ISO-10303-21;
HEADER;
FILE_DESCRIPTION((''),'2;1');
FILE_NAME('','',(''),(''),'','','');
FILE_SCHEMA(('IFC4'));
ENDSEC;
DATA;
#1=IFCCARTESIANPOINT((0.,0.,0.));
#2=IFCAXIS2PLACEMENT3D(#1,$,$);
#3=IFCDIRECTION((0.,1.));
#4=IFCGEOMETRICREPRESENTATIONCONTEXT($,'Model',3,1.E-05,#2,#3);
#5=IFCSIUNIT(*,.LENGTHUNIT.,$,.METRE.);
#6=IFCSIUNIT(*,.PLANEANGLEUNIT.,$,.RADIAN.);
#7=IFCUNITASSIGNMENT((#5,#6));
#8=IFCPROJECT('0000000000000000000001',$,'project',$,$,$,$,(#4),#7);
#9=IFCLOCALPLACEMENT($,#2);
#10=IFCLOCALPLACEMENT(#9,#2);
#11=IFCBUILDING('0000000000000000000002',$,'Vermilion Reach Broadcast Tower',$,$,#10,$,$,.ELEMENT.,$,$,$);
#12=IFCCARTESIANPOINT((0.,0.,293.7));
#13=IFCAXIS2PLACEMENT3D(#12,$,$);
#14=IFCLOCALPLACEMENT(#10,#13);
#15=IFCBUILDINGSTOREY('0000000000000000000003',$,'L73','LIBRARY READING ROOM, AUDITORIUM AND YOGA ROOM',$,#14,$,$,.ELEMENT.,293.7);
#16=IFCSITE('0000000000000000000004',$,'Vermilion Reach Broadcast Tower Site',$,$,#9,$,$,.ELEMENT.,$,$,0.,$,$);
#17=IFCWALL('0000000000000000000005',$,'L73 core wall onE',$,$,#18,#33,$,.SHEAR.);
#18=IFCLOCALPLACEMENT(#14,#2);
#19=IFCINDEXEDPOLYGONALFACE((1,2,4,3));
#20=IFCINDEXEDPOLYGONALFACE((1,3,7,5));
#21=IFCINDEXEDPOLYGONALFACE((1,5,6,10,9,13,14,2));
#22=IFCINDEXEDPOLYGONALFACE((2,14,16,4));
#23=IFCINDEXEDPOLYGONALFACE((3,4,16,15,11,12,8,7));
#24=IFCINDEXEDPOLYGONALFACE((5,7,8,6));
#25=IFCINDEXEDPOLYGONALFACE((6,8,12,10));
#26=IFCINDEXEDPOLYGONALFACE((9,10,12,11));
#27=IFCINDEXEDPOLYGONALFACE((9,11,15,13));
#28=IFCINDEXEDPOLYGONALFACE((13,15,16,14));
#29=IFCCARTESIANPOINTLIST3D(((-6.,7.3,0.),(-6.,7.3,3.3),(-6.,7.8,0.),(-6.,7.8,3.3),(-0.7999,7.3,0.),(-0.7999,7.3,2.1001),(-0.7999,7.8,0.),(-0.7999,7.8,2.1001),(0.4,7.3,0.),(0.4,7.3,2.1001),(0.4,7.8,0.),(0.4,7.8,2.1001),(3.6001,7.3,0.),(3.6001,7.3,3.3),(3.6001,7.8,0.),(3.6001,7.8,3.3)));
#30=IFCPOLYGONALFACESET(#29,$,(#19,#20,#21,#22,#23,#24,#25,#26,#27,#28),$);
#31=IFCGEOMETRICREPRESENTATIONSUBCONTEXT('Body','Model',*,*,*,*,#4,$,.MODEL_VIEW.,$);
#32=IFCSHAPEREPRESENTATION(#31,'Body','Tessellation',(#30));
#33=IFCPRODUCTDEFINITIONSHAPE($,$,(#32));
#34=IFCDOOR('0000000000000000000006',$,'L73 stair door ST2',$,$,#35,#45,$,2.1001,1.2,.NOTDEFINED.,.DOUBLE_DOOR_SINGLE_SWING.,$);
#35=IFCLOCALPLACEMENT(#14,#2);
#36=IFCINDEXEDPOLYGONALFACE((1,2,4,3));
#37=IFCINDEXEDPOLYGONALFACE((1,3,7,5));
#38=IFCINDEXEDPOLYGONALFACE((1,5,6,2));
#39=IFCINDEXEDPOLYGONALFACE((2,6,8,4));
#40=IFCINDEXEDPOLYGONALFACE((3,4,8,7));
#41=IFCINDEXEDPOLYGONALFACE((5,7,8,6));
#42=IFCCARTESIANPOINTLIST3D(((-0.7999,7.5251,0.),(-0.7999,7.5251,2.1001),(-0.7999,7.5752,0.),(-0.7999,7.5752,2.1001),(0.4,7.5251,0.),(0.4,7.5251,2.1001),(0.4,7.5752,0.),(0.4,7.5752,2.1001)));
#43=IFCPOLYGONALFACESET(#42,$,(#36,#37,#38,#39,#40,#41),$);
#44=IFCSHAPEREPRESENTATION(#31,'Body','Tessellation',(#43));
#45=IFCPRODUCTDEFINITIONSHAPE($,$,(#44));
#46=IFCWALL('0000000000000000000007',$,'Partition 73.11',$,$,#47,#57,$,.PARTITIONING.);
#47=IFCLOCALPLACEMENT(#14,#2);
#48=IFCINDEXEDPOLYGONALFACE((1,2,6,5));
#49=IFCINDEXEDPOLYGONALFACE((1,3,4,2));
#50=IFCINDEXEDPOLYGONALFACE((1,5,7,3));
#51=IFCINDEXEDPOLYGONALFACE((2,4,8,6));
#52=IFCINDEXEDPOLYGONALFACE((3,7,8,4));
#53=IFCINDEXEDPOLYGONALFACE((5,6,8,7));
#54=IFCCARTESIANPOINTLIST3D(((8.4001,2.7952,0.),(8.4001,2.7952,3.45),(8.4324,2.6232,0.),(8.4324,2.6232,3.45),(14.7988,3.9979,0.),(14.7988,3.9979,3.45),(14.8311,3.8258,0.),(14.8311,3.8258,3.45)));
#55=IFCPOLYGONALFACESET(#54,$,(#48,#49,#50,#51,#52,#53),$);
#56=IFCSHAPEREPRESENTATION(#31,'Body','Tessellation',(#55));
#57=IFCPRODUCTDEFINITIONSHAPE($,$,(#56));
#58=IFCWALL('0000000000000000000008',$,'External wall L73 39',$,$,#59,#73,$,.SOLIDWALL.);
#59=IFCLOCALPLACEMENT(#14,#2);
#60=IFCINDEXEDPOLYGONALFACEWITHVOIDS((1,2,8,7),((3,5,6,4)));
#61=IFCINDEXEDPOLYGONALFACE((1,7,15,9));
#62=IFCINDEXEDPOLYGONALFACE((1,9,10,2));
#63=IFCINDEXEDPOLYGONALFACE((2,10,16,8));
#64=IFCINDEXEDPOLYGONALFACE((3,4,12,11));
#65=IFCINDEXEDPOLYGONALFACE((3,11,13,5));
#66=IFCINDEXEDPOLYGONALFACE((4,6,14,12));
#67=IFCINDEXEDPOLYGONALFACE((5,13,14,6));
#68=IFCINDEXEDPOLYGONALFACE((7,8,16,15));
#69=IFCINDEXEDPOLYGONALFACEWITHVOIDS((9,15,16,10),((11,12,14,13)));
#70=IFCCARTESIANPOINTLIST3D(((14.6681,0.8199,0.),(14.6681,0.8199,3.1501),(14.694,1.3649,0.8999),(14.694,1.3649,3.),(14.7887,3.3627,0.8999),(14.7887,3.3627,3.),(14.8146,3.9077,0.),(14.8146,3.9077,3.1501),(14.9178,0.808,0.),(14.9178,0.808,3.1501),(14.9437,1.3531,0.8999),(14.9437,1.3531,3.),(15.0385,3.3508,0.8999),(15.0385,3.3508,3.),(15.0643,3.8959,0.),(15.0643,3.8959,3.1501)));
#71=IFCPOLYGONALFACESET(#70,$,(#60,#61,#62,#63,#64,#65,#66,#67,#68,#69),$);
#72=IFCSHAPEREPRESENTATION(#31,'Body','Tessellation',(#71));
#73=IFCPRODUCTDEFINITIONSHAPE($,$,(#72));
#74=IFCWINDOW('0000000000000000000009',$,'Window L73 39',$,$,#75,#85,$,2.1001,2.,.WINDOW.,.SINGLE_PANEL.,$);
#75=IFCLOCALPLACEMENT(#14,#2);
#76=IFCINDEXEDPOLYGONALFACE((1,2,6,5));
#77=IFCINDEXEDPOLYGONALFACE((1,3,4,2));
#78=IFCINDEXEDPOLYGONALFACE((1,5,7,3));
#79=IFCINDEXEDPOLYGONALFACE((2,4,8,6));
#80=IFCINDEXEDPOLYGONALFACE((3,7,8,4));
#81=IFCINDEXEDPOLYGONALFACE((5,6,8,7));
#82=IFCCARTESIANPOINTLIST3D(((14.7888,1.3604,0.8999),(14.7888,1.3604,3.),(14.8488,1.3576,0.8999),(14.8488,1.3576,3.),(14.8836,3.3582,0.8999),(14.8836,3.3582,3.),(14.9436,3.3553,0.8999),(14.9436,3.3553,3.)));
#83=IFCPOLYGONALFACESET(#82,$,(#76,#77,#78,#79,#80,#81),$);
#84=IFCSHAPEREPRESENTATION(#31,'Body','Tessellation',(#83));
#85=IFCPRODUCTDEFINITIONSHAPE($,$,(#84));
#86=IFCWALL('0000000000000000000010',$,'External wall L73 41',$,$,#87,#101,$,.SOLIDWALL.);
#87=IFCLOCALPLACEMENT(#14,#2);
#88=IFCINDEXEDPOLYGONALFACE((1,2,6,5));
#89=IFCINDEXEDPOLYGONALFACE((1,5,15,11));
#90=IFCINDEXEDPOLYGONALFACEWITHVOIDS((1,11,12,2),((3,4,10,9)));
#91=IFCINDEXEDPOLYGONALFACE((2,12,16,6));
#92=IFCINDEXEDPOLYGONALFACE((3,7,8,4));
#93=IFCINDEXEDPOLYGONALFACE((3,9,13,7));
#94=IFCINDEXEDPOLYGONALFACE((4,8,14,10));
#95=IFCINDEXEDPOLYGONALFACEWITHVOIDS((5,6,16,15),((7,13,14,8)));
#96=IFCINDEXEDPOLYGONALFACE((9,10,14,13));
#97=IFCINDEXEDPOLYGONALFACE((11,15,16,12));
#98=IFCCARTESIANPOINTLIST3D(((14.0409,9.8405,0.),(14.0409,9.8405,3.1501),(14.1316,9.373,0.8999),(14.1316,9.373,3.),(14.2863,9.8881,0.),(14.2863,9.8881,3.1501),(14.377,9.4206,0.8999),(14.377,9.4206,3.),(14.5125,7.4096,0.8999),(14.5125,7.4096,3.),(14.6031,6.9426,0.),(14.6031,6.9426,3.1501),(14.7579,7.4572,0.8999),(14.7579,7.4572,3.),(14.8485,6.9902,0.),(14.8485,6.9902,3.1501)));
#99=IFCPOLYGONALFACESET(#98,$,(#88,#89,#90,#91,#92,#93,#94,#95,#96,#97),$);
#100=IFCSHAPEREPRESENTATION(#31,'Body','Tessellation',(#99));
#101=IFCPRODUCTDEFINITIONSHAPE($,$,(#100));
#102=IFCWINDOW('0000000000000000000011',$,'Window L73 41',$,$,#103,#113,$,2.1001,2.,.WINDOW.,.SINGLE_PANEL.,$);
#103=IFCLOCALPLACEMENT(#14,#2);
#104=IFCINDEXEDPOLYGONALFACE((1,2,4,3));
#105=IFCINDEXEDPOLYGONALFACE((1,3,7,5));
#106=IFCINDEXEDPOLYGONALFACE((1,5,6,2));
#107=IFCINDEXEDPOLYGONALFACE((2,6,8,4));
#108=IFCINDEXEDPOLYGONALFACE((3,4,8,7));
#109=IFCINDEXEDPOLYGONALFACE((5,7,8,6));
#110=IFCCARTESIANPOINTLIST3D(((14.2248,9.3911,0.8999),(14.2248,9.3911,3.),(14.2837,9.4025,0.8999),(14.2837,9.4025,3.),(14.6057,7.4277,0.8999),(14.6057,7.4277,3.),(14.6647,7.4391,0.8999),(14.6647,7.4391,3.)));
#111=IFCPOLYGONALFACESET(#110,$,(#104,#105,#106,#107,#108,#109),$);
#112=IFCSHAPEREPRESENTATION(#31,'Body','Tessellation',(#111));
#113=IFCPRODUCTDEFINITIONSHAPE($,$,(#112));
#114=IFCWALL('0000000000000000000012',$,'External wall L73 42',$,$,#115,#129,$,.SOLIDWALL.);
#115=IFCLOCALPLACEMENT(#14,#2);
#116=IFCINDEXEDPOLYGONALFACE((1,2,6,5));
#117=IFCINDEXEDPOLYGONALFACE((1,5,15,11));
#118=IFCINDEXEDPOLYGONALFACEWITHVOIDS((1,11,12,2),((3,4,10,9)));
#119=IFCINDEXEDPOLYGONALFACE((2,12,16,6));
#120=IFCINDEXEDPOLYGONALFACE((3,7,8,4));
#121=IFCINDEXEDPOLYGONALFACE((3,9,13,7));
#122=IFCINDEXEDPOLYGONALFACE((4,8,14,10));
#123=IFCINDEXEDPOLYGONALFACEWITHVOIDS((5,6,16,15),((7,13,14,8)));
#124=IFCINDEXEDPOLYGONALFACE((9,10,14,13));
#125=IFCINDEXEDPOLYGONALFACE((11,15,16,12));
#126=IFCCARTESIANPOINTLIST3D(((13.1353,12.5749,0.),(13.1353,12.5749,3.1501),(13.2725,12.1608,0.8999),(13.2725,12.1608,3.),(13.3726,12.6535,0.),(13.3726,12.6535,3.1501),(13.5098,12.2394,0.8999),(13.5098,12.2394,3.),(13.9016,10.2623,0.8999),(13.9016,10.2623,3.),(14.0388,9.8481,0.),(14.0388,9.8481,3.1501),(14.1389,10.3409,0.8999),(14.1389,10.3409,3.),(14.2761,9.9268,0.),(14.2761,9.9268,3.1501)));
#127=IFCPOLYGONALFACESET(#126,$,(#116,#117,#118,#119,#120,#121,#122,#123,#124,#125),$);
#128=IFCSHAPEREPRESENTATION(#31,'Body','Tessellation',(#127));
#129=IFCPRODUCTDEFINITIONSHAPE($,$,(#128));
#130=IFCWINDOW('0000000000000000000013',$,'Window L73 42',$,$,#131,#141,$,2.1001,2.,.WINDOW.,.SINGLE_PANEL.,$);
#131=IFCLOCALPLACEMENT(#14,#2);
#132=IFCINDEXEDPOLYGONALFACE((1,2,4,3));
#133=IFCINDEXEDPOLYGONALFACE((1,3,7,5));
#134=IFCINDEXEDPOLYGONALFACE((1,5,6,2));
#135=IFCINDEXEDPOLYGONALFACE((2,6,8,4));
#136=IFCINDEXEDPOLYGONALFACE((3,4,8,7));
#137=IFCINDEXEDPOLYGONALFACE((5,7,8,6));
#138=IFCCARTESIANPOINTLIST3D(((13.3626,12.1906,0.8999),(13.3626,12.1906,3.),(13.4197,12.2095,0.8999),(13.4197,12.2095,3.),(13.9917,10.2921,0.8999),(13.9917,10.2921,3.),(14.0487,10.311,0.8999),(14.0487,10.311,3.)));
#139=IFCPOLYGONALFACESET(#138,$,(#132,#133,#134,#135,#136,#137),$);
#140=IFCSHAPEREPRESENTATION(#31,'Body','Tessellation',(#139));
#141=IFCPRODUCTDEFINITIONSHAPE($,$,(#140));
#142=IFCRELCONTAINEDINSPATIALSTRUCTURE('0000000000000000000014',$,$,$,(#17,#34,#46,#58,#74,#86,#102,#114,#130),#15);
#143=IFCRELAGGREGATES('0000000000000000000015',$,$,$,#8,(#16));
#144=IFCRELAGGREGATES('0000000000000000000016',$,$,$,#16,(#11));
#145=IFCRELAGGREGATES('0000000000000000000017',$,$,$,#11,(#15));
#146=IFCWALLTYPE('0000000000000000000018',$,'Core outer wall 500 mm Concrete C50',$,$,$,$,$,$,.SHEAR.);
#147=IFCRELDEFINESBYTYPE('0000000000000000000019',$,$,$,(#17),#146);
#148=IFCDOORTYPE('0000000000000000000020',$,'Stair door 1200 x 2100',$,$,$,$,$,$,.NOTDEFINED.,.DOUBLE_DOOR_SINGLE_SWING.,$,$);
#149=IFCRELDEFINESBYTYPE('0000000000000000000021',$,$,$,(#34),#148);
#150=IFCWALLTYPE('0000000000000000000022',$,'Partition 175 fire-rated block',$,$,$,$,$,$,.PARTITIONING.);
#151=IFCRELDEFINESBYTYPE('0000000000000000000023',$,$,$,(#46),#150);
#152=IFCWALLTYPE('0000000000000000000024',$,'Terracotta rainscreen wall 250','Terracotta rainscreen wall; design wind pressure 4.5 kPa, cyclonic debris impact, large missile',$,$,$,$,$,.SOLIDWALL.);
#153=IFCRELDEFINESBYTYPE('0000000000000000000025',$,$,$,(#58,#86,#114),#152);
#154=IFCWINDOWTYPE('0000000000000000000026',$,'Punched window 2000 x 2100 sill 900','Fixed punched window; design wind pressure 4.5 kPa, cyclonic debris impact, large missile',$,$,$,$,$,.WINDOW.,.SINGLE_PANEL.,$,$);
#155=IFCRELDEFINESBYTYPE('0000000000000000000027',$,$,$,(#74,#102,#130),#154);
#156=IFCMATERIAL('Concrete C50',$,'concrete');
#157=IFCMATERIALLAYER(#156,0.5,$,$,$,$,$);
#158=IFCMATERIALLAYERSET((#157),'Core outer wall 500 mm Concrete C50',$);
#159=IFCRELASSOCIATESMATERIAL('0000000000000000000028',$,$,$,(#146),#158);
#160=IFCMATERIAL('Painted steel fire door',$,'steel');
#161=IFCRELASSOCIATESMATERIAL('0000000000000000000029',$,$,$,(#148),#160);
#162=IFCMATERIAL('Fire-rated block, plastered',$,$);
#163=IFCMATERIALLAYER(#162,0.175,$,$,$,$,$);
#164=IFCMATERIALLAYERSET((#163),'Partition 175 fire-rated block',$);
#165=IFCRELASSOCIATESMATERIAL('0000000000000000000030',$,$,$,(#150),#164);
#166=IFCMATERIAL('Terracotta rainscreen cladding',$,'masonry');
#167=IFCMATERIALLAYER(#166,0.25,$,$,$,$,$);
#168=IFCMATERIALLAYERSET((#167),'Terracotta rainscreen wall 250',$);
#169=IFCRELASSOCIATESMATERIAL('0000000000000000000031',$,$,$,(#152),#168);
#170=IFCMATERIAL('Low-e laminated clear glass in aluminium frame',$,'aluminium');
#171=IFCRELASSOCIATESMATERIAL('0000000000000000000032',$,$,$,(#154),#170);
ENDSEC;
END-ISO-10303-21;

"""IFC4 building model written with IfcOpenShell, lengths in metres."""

from ifc_helpers import new_model, si_unit, direction, frame, frame_2d, origin, place, context, subcontext, project, spatial, rectangle, extrude, material, layer, layer_set, type_object, element, fill, save


model = new_model("IFC4")

# Units and contexts
model_context = context("Model", 3, precision=1e-05, world=origin(), true_north=direction((0.0, 1.0)))
body_context = subcontext(model_context, "Body", "Model", "MODEL_VIEW")
ifc_project = project(units=[si_unit("LENGTHUNIT", "METRE"), si_unit("PLANEANGLEUNIT", "RADIAN")], contexts=[model_context])

# Site, building, storey
site_placement = place(None, origin())
site = spatial("IfcSite", under=ifc_project, at=site_placement, Name="Vermilion Reach Broadcast Tower Site", CompositionType="ELEMENT", RefElevation=0.0)
building_placement = place(site_placement, origin())
building = spatial("IfcBuilding", under=site, at=building_placement, Name="Vermilion Reach Broadcast Tower", CompositionType="ELEMENT")
storey_placement = place(building_placement, frame((0.0, 0.0, 293.7)))
storey = spatial("IfcBuildingStorey", under=building, at=storey_placement, Name="L73", Description="LIBRARY READING ROOM, AUDITORIUM AND YOGA ROOM", CompositionType="ELEMENT", Elevation=293.7)

# Wall, opening, door
ifc_material_1 = material(Name="Concrete C50", Category="concrete")
ifc_layer_1 = layer(ifc_material_1, 0.5)
ifc_layer_set_1 = layer_set([ifc_layer_1], Name="Core outer wall 500 mm Concrete C50")
wall_type_1 = type_object("IfcWallType", Name="Core outer wall 500 mm Concrete C50", PredefinedType="SHEAR", material=ifc_layer_set_1)
wall_1_placement = place(storey_placement, frame((3.6001, 7.55, 0.0), z_axis=(0.0, 0.0, 1.0), x_axis=(-1.0, 0.0, 0.0)))
wall_1 = element("IfcWall", 1, at=wall_1_placement, inside=storey, type_object=wall_type_1, Name="L73 core wall onE", PredefinedType="SHEAR", context=body_context, shape_type="SweptSolid", body=[
    extrude(rectangle(XDim=9.6001, YDim=0.5, at=frame_2d((4.8, 0.0))), origin(), (0.0, 0.0, 1.0), 3.3),
])
opening_1_placement = place(wall_1_placement, frame((3.2, 0.0, 0.0)))
opening_1 = element("IfcOpeningElement", 2, at=opening_1_placement, cuts=wall_1, PredefinedType="OPENING", context=body_context, shape_type="SweptSolid", body=[
    extrude(rectangle(XDim=1.2, YDim=2.1001, at=frame_2d((0.6001, 1.05))), frame((0.0, 0.26, 0.0), z_axis=(0.0, -1.0, 0.0), x_axis=(1.0, 0.0, 0.0)), (0.0, 0.0, 1.0), 0.52),
])
ifc_material_2 = material(Name="Painted steel fire door", Category="steel")
door_type_1 = type_object("IfcDoorType", Name="Stair door 1200 x 2100", OperationType="DOUBLE_DOOR_SINGLE_SWING", PredefinedType="NOTDEFINED", material=ifc_material_2)
door_1_placement = place(opening_1_placement, origin())
door_1 = element("IfcDoor", 3, at=door_1_placement, inside=storey, type_object=door_type_1, Name="L73 stair door ST2", OperationType="DOUBLE_DOOR_SINGLE_SWING", OverallHeight=2.1001, OverallWidth=1.2, PredefinedType="NOTDEFINED", context=body_context, shape_type="SweptSolid", body=[
    extrude(rectangle(XDim=1.2, YDim=2.1001, at=frame_2d((0.6001, 1.05))), frame((0.0, 0.0249, 0.0), z_axis=(0.0, -1.0, 0.0), x_axis=(1.0, 0.0, 0.0)), (0.0, 0.0, 1.0), 0.05),
])
fill(opening_1, door_1)

# Wall
ifc_material_3 = material(Name="Fire-rated block, plastered")
ifc_layer_2 = layer(ifc_material_3, 0.175)
ifc_layer_set_2 = layer_set([ifc_layer_2], Name="Partition 175 fire-rated block")
wall_type_2 = type_object("IfcWallType", Name="Partition 175 fire-rated block", PredefinedType="PARTITIONING", material=ifc_layer_set_2)
wall_2_placement = place(storey_placement, frame((14.8149, 3.9119, 0.0), z_axis=(0.0, 0.0, 1.0), x_axis=(-0.982792, -0.184716, 0.0)))
element("IfcWall", 4, at=wall_2_placement, inside=storey, type_object=wall_type_2, Name="Partition 73.11", PredefinedType="PARTITIONING", context=body_context, shape_type="SweptSolid", body=[
    extrude(rectangle(XDim=6.5107, YDim=0.175, at=frame_2d((3.2554, 0.0))), origin(), (0.0, 0.0, 1.0), 3.45),
])

# Wall, opening, window
ifc_material_4 = material(Name="Terracotta rainscreen cladding", Category="masonry")
ifc_layer_3 = layer(ifc_material_4, 0.25)
ifc_layer_set_3 = layer_set([ifc_layer_3], Name="Terracotta rainscreen wall 250")
wall_type_3 = type_object("IfcWallType", Name="Terracotta rainscreen wall 250", Description="Terracotta rainscreen wall; design wind pressure 4.5 kPa, cyclonic debris impact, large missile", PredefinedType="SOLIDWALL", material=ifc_layer_set_3)
wall_3_placement = place(storey_placement, frame((14.793, 0.814, 0.0), z_axis=(0.0, 0.0, 1.0), x_axis=(0.047385, 0.998877, 0.0)))
wall_3 = element("IfcWall", 5, at=wall_3_placement, inside=storey, type_object=wall_type_3, Name="External wall L73 39", PredefinedType="SOLIDWALL", context=body_context, shape_type="SweptSolid", body=[
    extrude(rectangle(XDim=3.0913, YDim=0.25, at=frame_2d((1.5457, 0.0))), origin(), (0.0, 0.0, 1.0), 3.1501),
])
opening_2_placement = place(wall_3_placement, frame((0.5457, 0.0, 0.8999)))
opening_2 = element("IfcOpeningElement", 6, at=opening_2_placement, cuts=wall_3, PredefinedType="OPENING", context=body_context, shape_type="SweptSolid", body=[
    extrude(rectangle(XDim=2.0, YDim=2.1001, at=frame_2d((1.0, 1.05))), frame((0.0, 0.135, 0.0), z_axis=(0.0, -1.0, 0.0), x_axis=(1.0, 0.0, 0.0)), (0.0, 0.0, 1.0), 0.27),
])
ifc_material_5 = material(Name="Low-e laminated clear glass in aluminium frame", Category="aluminium")
window_type = type_object("IfcWindowType", Name="Punched window 2000 x 2100 sill 900", Description="Fixed punched window; design wind pressure 4.5 kPa, cyclonic debris impact, large missile", PartitioningType="SINGLE_PANEL", PredefinedType="WINDOW", material=ifc_material_5)
window_1_placement = place(opening_2_placement, origin())
window_1 = element("IfcWindow", 7, at=window_1_placement, inside=storey, type_object=window_type, Name="Window L73 39", OverallHeight=2.1001, OverallWidth=2.0, PartitioningType="SINGLE_PANEL", PredefinedType="WINDOW", context=body_context, shape_type="SweptSolid", body=[
    extrude(rectangle(XDim=2.0, YDim=2.1001, at=frame_2d((1.0, 1.05))), frame((0.0, 0.03, 0.0), z_axis=(0.0, -1.0, 0.0), x_axis=(1.0, 0.0, 0.0)), (0.0, 0.0, 1.0), 0.0601),
])
fill(opening_2, window_1)

# Walls, openings, windows
wall_4_placement = place(storey_placement, frame((14.7258, 6.9663, 0.0), z_axis=(0.0, 0.0, 1.0), x_axis=(-0.190467, 0.981694, 0.0)))
wall_4 = element("IfcWall", 8, at=wall_4_placement, inside=storey, type_object=wall_type_3, Name="External wall L73 41", PredefinedType="SOLIDWALL", context=body_context, shape_type="SweptSolid", body=[
    extrude(rectangle(XDim=2.9519, YDim=0.25, at=frame_2d((1.4761, 0.0))), origin(), (0.0, 0.0, 1.0), 3.1501),
])
opening_3_placement = place(wall_4_placement, frame((0.4758, 0.0, 0.8999)))
opening_3 = element("IfcOpeningElement", 9, at=opening_3_placement, cuts=wall_4, PredefinedType="OPENING", context=body_context, shape_type="SweptSolid", body=[
    extrude(rectangle(XDim=2.0, YDim=2.1001, at=frame_2d((1.0, 1.05))), frame((0.0, 0.135, 0.0), z_axis=(0.0, -1.0, 0.0), x_axis=(1.0, 0.0, 0.0)), (0.0, 0.0, 1.0), 0.27),
])
window_2_placement = place(opening_3_placement, origin())
window_2 = element("IfcWindow", 10, at=window_2_placement, inside=storey, type_object=window_type, Name="Window L73 41", OverallHeight=2.1001, OverallWidth=2.0, PartitioningType="SINGLE_PANEL", PredefinedType="WINDOW", context=body_context, shape_type="SweptSolid", body=[
    extrude(rectangle(XDim=2.0, YDim=2.1001, at=frame_2d((1.0, 1.05))), frame((0.0, 0.03, 0.0), z_axis=(0.0, -1.0, 0.0), x_axis=(1.0, 0.0, 0.0)), (0.0, 0.0, 1.0), 0.0601),
])
fill(opening_3, window_2)
wall_5_placement = place(storey_placement, frame((14.1575, 9.8875, 0.0), z_axis=(0.0, 0.0, 1.0), x_axis=(-0.314544, 0.949243, 0.0)))
wall_5 = element("IfcWall", 11, at=wall_5_placement, inside=storey, type_object=wall_type_3, Name="External wall L73 42", PredefinedType="SOLIDWALL", context=body_context, shape_type="SweptSolid", body=[
    extrude(rectangle(XDim=2.8726, YDim=0.25, at=frame_2d((1.4363, 0.0))), origin(), (0.0, 0.0, 1.0), 3.1501),
])
opening_4_placement = place(wall_5_placement, frame((0.4363, 0.0, 0.8999)))
opening_4 = element("IfcOpeningElement", 12, at=opening_4_placement, cuts=wall_5, PredefinedType="OPENING", context=body_context, shape_type="SweptSolid", body=[
    extrude(rectangle(XDim=2.0, YDim=2.1001, at=frame_2d((1.0, 1.05))), frame((0.0, 0.135, 0.0), z_axis=(0.0, -1.0, 0.0), x_axis=(1.0, 0.0, 0.0)), (0.0, 0.0, 1.0), 0.27),
])
window_3_placement = place(opening_4_placement, origin())
window_3 = element("IfcWindow", 13, at=window_3_placement, inside=storey, type_object=window_type, Name="Window L73 42", OverallHeight=2.1001, OverallWidth=2.0, PartitioningType="SINGLE_PANEL", PredefinedType="WINDOW", context=body_context, shape_type="SweptSolid", body=[
    extrude(rectangle(XDim=2.0, YDim=2.1001, at=frame_2d((1.0, 1.05))), frame((0.0, 0.03, 0.0), z_axis=(0.0, -1.0, 0.0), x_axis=(1.0, 0.0, 0.0)), (0.0, 0.0, 1.0), 0.0601),
])
fill(opening_4, window_3)

save(model, "model.ifc")
